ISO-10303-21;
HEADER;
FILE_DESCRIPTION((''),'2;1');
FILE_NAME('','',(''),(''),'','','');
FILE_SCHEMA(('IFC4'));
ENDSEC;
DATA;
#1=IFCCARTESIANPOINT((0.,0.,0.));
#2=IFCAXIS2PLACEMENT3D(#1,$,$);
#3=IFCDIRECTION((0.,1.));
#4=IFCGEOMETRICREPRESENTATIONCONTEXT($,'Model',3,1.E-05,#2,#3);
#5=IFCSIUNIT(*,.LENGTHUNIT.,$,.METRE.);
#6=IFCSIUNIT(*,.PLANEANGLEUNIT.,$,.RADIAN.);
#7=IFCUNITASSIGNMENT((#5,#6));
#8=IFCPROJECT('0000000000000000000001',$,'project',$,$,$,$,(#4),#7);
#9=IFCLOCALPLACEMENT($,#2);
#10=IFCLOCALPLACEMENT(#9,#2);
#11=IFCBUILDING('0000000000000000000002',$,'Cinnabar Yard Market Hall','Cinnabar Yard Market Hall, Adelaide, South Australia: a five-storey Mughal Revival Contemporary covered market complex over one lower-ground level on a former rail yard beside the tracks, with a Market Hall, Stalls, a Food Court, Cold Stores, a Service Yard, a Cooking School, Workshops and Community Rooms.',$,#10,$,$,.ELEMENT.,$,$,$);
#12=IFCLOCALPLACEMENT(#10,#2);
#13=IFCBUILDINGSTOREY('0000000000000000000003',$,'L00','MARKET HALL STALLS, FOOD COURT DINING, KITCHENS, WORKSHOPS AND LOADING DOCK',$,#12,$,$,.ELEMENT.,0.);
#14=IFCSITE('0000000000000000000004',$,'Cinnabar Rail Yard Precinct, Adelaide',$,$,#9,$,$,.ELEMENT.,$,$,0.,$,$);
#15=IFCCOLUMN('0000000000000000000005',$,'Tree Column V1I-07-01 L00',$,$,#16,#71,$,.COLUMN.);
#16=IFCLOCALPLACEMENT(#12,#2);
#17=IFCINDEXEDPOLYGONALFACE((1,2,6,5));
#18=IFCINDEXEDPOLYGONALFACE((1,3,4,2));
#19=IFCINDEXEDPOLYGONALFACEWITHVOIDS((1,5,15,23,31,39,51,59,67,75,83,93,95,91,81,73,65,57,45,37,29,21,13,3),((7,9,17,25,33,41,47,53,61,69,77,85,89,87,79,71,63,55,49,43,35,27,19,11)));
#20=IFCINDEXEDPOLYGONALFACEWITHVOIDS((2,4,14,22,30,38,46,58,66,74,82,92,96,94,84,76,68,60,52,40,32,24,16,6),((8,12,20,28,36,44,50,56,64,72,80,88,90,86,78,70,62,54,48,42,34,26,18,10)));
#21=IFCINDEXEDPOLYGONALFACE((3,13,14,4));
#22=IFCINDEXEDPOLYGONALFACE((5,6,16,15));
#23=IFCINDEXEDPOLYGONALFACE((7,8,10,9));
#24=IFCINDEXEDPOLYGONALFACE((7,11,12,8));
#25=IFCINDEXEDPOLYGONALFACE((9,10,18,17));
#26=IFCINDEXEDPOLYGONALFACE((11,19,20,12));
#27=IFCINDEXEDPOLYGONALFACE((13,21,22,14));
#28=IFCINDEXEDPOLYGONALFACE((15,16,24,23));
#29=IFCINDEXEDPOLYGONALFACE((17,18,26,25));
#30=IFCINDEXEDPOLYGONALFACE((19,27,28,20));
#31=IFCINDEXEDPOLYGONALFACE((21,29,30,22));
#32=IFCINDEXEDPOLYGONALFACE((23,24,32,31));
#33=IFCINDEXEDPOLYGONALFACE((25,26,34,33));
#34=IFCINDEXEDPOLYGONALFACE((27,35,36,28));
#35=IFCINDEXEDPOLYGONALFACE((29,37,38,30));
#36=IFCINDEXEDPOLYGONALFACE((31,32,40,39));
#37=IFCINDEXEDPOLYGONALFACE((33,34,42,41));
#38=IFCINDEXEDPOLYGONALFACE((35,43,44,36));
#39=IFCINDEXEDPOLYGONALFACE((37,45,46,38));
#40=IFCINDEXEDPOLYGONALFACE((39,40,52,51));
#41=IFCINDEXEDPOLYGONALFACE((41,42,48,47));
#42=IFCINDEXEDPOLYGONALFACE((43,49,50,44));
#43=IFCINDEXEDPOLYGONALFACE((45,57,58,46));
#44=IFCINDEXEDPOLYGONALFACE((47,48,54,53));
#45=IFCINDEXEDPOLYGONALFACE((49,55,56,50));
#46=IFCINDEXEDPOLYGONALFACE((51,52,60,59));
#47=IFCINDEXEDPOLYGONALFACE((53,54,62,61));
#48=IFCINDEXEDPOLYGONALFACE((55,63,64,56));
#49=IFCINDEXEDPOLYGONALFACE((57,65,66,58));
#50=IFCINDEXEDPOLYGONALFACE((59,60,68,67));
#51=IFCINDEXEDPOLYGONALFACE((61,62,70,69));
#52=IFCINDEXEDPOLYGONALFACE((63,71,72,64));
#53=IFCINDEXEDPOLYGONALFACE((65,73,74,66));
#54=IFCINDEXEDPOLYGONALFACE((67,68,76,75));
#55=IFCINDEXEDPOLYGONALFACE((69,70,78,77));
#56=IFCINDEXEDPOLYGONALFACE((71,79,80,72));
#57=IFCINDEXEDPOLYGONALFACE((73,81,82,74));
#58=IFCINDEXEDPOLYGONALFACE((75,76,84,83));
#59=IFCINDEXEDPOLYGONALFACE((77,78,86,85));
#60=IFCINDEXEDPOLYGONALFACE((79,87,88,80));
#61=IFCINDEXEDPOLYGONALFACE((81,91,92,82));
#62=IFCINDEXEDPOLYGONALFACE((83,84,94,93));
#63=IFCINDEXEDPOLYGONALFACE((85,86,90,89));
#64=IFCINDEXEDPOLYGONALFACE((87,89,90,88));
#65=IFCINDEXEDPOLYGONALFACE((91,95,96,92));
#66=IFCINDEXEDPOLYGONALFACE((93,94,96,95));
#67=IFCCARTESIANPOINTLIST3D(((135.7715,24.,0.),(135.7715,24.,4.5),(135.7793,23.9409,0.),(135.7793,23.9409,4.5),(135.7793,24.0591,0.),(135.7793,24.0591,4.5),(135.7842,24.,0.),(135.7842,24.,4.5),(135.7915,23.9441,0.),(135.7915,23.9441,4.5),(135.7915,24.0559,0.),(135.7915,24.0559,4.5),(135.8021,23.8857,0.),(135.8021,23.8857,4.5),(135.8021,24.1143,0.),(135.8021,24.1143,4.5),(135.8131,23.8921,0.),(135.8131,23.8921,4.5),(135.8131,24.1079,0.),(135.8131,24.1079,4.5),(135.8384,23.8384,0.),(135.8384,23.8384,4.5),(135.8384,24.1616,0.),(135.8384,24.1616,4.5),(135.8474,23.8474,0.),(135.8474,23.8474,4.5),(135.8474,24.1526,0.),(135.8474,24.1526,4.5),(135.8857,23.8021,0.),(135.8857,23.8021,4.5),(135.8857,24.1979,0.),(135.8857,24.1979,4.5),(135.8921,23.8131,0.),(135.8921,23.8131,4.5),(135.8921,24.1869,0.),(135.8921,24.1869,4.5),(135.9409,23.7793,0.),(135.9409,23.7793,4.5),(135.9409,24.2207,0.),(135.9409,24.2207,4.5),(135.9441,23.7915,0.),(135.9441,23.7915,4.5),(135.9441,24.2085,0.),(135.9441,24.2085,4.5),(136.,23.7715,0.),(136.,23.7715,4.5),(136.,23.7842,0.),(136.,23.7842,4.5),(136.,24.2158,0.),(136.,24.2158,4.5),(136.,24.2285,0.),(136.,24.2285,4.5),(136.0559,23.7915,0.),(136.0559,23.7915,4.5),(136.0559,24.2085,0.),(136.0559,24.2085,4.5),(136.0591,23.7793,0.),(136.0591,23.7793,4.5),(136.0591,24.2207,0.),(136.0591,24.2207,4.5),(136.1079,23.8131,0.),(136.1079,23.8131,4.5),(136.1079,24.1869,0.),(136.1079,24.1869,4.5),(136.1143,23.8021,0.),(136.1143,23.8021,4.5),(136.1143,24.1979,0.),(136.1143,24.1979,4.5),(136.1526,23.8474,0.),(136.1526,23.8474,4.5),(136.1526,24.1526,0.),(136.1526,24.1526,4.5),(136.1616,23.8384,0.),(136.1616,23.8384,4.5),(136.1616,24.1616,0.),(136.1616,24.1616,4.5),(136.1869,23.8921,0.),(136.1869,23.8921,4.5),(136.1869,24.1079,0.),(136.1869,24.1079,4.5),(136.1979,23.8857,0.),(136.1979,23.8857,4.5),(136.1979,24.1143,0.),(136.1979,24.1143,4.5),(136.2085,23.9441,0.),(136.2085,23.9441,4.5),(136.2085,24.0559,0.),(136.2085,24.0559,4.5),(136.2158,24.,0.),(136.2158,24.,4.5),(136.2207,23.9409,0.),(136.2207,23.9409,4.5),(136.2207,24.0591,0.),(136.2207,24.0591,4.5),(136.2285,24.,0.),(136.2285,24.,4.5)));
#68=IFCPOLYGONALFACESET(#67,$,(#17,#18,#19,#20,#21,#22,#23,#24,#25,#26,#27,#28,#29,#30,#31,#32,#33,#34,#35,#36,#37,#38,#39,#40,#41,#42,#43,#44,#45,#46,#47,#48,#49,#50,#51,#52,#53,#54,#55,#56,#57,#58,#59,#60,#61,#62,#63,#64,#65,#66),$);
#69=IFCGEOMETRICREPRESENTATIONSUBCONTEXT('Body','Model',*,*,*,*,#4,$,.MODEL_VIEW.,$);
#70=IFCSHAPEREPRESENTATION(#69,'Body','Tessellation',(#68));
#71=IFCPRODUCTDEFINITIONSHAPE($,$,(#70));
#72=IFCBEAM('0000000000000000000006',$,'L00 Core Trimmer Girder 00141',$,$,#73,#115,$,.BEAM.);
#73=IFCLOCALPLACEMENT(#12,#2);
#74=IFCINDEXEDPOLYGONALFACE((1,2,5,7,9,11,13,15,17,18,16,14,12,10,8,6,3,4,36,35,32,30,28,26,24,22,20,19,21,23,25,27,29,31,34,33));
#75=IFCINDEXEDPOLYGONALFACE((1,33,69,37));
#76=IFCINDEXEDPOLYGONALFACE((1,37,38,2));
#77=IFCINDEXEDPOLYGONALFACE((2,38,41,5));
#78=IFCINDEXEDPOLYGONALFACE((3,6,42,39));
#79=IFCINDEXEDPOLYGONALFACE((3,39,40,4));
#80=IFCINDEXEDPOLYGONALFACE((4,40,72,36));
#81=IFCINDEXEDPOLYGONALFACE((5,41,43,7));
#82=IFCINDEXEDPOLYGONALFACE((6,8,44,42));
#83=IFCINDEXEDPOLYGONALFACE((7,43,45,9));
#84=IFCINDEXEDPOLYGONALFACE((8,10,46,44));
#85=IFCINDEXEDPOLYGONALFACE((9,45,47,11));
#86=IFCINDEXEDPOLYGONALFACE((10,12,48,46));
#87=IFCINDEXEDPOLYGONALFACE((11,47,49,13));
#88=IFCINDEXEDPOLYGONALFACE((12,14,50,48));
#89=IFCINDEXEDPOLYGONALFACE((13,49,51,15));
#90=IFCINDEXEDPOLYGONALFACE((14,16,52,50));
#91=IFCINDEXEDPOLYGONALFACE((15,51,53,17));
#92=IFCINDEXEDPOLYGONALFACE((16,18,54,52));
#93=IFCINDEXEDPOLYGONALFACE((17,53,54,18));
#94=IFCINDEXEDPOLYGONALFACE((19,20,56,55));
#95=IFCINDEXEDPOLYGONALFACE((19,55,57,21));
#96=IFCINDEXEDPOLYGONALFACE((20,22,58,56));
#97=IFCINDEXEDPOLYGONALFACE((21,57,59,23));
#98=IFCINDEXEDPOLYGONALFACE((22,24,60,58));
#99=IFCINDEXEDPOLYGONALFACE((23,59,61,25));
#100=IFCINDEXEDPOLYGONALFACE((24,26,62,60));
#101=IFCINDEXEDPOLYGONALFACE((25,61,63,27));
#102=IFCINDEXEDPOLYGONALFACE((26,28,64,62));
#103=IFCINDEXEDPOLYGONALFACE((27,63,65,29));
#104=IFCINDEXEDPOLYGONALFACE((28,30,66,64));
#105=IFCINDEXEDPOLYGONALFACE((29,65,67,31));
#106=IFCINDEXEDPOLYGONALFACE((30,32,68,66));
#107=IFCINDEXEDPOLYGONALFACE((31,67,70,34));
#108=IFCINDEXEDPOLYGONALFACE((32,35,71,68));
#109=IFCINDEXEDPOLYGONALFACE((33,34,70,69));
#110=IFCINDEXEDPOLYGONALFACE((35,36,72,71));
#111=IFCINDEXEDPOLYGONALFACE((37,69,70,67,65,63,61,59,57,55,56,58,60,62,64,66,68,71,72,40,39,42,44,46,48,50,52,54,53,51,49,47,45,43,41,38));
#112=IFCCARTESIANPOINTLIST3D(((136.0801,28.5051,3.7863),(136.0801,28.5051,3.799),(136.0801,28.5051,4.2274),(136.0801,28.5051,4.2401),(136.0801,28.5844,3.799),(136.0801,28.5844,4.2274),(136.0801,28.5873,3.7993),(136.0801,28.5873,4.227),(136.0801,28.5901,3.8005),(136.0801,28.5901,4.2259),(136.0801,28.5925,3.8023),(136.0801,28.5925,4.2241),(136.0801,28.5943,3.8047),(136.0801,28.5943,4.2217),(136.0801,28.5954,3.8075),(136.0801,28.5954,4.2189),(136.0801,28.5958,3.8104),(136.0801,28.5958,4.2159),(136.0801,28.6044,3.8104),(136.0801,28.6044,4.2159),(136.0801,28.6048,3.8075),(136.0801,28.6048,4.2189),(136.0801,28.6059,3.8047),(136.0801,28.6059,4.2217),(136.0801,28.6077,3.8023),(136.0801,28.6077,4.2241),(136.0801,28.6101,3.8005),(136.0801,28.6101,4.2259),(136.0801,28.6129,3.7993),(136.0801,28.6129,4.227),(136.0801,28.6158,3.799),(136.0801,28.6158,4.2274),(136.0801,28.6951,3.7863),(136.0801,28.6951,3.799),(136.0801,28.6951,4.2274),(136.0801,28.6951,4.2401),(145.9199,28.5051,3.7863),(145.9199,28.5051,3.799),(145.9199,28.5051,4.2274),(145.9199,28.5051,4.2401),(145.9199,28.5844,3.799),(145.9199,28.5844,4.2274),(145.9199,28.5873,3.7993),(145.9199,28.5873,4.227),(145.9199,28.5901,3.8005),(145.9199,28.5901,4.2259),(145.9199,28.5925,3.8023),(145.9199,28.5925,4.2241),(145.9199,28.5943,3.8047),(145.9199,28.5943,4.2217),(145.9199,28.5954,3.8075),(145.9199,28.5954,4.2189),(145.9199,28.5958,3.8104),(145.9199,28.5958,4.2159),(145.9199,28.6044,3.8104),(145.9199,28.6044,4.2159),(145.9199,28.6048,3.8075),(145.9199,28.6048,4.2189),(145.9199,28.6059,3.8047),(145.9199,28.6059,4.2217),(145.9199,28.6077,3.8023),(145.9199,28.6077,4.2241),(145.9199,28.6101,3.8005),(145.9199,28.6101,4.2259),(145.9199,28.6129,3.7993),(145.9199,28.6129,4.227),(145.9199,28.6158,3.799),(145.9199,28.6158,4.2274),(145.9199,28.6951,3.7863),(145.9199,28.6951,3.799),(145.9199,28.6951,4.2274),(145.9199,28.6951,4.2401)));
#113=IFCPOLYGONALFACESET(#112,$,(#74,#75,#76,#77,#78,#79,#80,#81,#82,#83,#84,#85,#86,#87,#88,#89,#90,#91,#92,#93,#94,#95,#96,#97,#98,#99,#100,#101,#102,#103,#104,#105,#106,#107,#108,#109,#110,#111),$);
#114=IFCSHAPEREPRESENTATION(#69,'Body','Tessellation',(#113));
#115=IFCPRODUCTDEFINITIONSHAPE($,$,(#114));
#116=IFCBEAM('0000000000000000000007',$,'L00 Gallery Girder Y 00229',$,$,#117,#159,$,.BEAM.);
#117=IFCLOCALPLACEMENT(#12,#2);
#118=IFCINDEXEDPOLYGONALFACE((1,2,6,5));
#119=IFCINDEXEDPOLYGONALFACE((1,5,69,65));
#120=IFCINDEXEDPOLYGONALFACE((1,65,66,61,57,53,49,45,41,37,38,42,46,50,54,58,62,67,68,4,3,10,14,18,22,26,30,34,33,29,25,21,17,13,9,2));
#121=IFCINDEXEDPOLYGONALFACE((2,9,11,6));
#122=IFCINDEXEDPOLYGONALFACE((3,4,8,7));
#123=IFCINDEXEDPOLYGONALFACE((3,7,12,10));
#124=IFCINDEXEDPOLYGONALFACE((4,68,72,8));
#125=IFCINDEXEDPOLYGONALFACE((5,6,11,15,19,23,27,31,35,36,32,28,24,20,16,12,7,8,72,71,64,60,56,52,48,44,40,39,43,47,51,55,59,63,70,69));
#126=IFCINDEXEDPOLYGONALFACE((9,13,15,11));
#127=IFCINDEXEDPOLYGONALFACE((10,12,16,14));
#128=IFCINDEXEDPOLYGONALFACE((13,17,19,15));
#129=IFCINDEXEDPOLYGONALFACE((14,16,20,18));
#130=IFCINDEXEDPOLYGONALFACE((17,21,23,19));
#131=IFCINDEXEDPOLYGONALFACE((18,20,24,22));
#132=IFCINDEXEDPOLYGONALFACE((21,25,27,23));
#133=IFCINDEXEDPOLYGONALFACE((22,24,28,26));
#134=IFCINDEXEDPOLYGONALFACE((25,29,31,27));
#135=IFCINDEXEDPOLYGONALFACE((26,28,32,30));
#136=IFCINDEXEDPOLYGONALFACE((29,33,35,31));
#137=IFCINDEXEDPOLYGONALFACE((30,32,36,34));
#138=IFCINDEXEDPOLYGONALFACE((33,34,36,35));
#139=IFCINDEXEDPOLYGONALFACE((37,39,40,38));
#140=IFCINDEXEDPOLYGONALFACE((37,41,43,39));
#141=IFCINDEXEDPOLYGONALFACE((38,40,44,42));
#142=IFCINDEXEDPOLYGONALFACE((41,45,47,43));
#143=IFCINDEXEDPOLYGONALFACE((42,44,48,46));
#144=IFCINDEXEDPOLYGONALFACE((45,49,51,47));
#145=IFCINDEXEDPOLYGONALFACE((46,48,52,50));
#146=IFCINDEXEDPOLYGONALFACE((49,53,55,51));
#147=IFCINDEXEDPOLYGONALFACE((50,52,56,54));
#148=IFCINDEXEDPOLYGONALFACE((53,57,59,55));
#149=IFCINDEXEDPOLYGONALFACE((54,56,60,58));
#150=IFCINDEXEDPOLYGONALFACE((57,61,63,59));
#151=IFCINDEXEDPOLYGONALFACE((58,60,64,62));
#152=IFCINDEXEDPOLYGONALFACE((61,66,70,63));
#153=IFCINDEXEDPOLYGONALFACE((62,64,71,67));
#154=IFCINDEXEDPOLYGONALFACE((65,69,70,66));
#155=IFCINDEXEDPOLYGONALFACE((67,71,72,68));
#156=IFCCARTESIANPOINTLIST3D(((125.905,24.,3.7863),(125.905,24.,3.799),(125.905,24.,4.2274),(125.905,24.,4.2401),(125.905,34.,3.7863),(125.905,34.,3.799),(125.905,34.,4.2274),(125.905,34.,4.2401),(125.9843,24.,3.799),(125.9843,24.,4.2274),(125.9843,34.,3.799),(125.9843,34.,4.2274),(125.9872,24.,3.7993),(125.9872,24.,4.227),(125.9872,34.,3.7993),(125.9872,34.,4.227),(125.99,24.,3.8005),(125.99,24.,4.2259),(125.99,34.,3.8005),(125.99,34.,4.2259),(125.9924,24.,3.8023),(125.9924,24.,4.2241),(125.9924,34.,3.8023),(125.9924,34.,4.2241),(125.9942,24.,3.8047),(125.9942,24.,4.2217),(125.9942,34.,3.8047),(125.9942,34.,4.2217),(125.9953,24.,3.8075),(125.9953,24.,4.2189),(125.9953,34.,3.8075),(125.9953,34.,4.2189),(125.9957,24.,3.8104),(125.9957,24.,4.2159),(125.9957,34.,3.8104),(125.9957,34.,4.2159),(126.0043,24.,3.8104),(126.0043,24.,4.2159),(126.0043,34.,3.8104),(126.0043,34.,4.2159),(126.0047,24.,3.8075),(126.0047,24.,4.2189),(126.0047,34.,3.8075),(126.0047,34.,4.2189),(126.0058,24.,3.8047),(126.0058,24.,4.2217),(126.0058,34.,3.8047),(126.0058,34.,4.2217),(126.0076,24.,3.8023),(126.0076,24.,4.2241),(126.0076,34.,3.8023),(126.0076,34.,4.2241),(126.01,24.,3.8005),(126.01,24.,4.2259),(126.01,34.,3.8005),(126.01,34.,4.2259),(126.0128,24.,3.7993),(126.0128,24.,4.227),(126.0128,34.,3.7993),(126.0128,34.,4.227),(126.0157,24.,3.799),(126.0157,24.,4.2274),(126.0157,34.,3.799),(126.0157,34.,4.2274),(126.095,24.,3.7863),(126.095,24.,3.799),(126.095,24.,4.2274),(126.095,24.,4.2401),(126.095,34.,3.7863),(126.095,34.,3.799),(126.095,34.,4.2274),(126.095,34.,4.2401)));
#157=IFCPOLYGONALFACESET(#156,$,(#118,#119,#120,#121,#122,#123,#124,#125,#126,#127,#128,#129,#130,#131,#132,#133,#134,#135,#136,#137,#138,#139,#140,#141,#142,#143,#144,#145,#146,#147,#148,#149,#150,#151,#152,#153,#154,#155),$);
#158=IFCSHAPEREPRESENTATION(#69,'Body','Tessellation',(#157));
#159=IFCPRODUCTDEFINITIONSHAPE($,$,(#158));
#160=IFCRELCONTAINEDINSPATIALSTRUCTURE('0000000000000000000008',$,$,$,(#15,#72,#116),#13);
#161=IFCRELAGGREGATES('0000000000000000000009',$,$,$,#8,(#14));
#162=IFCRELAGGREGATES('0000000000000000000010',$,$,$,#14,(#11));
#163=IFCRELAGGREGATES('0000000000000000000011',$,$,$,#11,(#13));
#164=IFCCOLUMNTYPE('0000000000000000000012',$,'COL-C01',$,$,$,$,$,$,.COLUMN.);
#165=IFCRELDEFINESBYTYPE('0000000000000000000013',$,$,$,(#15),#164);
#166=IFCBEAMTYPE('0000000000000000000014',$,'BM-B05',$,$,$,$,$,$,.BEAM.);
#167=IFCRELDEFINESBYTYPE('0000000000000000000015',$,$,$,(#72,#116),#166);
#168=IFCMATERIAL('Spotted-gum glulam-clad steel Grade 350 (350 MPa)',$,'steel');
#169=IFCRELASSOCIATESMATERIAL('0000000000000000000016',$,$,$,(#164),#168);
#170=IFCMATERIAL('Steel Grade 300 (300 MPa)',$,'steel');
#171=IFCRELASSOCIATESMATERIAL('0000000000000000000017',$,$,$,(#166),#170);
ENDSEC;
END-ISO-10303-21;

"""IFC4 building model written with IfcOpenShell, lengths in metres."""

from ifc_helpers import new_model, si_unit, direction, frame, origin, origin_2d_with_axis, place, context, subcontext, project, spatial, hollow_circle, i_section, extrude, material, material_profile, profile_set, type_object, element, save


model = new_model("IFC4")

# Units and contexts
model_context = context("Model", 3, precision=1e-05, world=origin(), true_north=direction((0.0, 1.0)))
body_context = subcontext(model_context, "Body", "Model", "MODEL_VIEW")
ifc_project = project(units=[si_unit("LENGTHUNIT", "METRE"), si_unit("PLANEANGLEUNIT", "RADIAN")], contexts=[model_context])

# Site, building, storey
site_placement = place(None, origin())
site = spatial("IfcSite", under=ifc_project, at=site_placement, Name="Cinnabar Rail Yard Precinct, Adelaide", CompositionType="ELEMENT", RefElevation=0.0)
building_placement = place(site_placement, origin())
building = spatial("IfcBuilding", under=site, at=building_placement, Name="Cinnabar Yard Market Hall", Description="Cinnabar Yard Market Hall, Adelaide, South Australia: a five-storey Mughal Revival Contemporary covered market complex over one lower-ground level on a former rail yard beside the tracks, with a Market Hall, Stalls, a Food Court, Cold Stores, a Service Yard, a Cooking School, Workshops and Community Rooms.", CompositionType="ELEMENT")
storey_placement = place(building_placement, origin())
storey = spatial("IfcBuildingStorey", under=building, at=storey_placement, Name="L00", Description="MARKET HALL STALLS, FOOD COURT DINING, KITCHENS, WORKSHOPS AND LOADING DOCK", CompositionType="ELEMENT", Elevation=0.0)

# Column
ifc_material_1 = material(Name="Spotted-gum glulam-clad steel Grade 350 (350 MPa)", Category="steel")
ifc_material_profile_1 = material_profile(ifc_material_1, hollow_circle(Radius=0.2285, WallThickness=0.0127, at=origin_2d_with_axis()), Name="457.0x12.7CHS")
ifc_profile_set_1 = profile_set([ifc_material_profile_1], Name="Spotted-gum glulam-clad steel Grade 350 (350 MPa)")
column_type = type_object("IfcColumnType", Name="COL-C01", PredefinedType="COLUMN", material=ifc_profile_set_1)
column_placement = place(storey_placement, frame((136.0, 24.0, 0.0), z_axis=(0.0, 0.0, 1.0), x_axis=(1.0, 0.0, 0.0)))
element("IfcColumn", 1, at=column_placement, inside=storey, type_object=column_type, Name="Tree Column V1I-07-01 L00", PredefinedType="COLUMN", context=body_context, shape_type="SweptSolid", body=[
    extrude(hollow_circle(Radius=0.2285, WallThickness=0.0127, at=origin_2d_with_axis()), origin(), (0.0, 0.0, 1.0), 4.5),
])

# Beams
ifc_material_2 = material(Name="Steel Grade 300 (300 MPa)", Category="steel")
ifc_material_profile_2 = material_profile(ifc_material_2, i_section(OverallWidth=0.1899, OverallDepth=0.4539, WebThickness=0.0085, FlangeThickness=0.0127, FilletRadius=0.0115, at=origin_2d_with_axis()), Name="460UB67.1")
ifc_profile_set_2 = profile_set([ifc_material_profile_2], Name="Steel Grade 300 (300 MPa)")
beam_type_1 = type_object("IfcBeamType", Name="BM-B05", PredefinedType="BEAM", material=ifc_profile_set_2)
beam_1_placement = place(storey_placement, frame((136.0801, 28.6001, 4.0132), z_axis=(1.0, 0.0, 0.0), x_axis=(0.0, 1.0, 0.0)))
element("IfcBeam", 2, at=beam_1_placement, inside=storey, type_object=beam_type_1, Name="L00 Core Trimmer Girder 00141", PredefinedType="BEAM", context=body_context, shape_type="SweptSolid", body=[
    extrude(i_section(OverallWidth=0.1899, OverallDepth=0.4539, WebThickness=0.0085, FlangeThickness=0.0127, FilletRadius=0.0115, at=origin_2d_with_axis()), origin(), (0.0, 0.0, 1.0), 9.8398),
])
for number, where, z_axis, x_axis, name in (
    (3, (126.0, 24.0, 4.0132), (0.0, 1.0, 0.0), (-1.0, 0.0, 0.0), "L00 Gallery Girder Y 00229"),
):
    element("IfcBeam", number, at=place(storey_placement, frame(where, z_axis=z_axis, x_axis=x_axis)), inside=storey, type_object=beam_type_1, Name=name, PredefinedType="BEAM", context=body_context, shape_type="SweptSolid", body=[
        extrude(i_section(OverallWidth=0.1899, OverallDepth=0.4539, WebThickness=0.0085, FlangeThickness=0.0127, FilletRadius=0.0115, at=origin_2d_with_axis()), origin(), (0.0, 0.0, 1.0), 10.0),
    ])

save(model, "model.ifc")
